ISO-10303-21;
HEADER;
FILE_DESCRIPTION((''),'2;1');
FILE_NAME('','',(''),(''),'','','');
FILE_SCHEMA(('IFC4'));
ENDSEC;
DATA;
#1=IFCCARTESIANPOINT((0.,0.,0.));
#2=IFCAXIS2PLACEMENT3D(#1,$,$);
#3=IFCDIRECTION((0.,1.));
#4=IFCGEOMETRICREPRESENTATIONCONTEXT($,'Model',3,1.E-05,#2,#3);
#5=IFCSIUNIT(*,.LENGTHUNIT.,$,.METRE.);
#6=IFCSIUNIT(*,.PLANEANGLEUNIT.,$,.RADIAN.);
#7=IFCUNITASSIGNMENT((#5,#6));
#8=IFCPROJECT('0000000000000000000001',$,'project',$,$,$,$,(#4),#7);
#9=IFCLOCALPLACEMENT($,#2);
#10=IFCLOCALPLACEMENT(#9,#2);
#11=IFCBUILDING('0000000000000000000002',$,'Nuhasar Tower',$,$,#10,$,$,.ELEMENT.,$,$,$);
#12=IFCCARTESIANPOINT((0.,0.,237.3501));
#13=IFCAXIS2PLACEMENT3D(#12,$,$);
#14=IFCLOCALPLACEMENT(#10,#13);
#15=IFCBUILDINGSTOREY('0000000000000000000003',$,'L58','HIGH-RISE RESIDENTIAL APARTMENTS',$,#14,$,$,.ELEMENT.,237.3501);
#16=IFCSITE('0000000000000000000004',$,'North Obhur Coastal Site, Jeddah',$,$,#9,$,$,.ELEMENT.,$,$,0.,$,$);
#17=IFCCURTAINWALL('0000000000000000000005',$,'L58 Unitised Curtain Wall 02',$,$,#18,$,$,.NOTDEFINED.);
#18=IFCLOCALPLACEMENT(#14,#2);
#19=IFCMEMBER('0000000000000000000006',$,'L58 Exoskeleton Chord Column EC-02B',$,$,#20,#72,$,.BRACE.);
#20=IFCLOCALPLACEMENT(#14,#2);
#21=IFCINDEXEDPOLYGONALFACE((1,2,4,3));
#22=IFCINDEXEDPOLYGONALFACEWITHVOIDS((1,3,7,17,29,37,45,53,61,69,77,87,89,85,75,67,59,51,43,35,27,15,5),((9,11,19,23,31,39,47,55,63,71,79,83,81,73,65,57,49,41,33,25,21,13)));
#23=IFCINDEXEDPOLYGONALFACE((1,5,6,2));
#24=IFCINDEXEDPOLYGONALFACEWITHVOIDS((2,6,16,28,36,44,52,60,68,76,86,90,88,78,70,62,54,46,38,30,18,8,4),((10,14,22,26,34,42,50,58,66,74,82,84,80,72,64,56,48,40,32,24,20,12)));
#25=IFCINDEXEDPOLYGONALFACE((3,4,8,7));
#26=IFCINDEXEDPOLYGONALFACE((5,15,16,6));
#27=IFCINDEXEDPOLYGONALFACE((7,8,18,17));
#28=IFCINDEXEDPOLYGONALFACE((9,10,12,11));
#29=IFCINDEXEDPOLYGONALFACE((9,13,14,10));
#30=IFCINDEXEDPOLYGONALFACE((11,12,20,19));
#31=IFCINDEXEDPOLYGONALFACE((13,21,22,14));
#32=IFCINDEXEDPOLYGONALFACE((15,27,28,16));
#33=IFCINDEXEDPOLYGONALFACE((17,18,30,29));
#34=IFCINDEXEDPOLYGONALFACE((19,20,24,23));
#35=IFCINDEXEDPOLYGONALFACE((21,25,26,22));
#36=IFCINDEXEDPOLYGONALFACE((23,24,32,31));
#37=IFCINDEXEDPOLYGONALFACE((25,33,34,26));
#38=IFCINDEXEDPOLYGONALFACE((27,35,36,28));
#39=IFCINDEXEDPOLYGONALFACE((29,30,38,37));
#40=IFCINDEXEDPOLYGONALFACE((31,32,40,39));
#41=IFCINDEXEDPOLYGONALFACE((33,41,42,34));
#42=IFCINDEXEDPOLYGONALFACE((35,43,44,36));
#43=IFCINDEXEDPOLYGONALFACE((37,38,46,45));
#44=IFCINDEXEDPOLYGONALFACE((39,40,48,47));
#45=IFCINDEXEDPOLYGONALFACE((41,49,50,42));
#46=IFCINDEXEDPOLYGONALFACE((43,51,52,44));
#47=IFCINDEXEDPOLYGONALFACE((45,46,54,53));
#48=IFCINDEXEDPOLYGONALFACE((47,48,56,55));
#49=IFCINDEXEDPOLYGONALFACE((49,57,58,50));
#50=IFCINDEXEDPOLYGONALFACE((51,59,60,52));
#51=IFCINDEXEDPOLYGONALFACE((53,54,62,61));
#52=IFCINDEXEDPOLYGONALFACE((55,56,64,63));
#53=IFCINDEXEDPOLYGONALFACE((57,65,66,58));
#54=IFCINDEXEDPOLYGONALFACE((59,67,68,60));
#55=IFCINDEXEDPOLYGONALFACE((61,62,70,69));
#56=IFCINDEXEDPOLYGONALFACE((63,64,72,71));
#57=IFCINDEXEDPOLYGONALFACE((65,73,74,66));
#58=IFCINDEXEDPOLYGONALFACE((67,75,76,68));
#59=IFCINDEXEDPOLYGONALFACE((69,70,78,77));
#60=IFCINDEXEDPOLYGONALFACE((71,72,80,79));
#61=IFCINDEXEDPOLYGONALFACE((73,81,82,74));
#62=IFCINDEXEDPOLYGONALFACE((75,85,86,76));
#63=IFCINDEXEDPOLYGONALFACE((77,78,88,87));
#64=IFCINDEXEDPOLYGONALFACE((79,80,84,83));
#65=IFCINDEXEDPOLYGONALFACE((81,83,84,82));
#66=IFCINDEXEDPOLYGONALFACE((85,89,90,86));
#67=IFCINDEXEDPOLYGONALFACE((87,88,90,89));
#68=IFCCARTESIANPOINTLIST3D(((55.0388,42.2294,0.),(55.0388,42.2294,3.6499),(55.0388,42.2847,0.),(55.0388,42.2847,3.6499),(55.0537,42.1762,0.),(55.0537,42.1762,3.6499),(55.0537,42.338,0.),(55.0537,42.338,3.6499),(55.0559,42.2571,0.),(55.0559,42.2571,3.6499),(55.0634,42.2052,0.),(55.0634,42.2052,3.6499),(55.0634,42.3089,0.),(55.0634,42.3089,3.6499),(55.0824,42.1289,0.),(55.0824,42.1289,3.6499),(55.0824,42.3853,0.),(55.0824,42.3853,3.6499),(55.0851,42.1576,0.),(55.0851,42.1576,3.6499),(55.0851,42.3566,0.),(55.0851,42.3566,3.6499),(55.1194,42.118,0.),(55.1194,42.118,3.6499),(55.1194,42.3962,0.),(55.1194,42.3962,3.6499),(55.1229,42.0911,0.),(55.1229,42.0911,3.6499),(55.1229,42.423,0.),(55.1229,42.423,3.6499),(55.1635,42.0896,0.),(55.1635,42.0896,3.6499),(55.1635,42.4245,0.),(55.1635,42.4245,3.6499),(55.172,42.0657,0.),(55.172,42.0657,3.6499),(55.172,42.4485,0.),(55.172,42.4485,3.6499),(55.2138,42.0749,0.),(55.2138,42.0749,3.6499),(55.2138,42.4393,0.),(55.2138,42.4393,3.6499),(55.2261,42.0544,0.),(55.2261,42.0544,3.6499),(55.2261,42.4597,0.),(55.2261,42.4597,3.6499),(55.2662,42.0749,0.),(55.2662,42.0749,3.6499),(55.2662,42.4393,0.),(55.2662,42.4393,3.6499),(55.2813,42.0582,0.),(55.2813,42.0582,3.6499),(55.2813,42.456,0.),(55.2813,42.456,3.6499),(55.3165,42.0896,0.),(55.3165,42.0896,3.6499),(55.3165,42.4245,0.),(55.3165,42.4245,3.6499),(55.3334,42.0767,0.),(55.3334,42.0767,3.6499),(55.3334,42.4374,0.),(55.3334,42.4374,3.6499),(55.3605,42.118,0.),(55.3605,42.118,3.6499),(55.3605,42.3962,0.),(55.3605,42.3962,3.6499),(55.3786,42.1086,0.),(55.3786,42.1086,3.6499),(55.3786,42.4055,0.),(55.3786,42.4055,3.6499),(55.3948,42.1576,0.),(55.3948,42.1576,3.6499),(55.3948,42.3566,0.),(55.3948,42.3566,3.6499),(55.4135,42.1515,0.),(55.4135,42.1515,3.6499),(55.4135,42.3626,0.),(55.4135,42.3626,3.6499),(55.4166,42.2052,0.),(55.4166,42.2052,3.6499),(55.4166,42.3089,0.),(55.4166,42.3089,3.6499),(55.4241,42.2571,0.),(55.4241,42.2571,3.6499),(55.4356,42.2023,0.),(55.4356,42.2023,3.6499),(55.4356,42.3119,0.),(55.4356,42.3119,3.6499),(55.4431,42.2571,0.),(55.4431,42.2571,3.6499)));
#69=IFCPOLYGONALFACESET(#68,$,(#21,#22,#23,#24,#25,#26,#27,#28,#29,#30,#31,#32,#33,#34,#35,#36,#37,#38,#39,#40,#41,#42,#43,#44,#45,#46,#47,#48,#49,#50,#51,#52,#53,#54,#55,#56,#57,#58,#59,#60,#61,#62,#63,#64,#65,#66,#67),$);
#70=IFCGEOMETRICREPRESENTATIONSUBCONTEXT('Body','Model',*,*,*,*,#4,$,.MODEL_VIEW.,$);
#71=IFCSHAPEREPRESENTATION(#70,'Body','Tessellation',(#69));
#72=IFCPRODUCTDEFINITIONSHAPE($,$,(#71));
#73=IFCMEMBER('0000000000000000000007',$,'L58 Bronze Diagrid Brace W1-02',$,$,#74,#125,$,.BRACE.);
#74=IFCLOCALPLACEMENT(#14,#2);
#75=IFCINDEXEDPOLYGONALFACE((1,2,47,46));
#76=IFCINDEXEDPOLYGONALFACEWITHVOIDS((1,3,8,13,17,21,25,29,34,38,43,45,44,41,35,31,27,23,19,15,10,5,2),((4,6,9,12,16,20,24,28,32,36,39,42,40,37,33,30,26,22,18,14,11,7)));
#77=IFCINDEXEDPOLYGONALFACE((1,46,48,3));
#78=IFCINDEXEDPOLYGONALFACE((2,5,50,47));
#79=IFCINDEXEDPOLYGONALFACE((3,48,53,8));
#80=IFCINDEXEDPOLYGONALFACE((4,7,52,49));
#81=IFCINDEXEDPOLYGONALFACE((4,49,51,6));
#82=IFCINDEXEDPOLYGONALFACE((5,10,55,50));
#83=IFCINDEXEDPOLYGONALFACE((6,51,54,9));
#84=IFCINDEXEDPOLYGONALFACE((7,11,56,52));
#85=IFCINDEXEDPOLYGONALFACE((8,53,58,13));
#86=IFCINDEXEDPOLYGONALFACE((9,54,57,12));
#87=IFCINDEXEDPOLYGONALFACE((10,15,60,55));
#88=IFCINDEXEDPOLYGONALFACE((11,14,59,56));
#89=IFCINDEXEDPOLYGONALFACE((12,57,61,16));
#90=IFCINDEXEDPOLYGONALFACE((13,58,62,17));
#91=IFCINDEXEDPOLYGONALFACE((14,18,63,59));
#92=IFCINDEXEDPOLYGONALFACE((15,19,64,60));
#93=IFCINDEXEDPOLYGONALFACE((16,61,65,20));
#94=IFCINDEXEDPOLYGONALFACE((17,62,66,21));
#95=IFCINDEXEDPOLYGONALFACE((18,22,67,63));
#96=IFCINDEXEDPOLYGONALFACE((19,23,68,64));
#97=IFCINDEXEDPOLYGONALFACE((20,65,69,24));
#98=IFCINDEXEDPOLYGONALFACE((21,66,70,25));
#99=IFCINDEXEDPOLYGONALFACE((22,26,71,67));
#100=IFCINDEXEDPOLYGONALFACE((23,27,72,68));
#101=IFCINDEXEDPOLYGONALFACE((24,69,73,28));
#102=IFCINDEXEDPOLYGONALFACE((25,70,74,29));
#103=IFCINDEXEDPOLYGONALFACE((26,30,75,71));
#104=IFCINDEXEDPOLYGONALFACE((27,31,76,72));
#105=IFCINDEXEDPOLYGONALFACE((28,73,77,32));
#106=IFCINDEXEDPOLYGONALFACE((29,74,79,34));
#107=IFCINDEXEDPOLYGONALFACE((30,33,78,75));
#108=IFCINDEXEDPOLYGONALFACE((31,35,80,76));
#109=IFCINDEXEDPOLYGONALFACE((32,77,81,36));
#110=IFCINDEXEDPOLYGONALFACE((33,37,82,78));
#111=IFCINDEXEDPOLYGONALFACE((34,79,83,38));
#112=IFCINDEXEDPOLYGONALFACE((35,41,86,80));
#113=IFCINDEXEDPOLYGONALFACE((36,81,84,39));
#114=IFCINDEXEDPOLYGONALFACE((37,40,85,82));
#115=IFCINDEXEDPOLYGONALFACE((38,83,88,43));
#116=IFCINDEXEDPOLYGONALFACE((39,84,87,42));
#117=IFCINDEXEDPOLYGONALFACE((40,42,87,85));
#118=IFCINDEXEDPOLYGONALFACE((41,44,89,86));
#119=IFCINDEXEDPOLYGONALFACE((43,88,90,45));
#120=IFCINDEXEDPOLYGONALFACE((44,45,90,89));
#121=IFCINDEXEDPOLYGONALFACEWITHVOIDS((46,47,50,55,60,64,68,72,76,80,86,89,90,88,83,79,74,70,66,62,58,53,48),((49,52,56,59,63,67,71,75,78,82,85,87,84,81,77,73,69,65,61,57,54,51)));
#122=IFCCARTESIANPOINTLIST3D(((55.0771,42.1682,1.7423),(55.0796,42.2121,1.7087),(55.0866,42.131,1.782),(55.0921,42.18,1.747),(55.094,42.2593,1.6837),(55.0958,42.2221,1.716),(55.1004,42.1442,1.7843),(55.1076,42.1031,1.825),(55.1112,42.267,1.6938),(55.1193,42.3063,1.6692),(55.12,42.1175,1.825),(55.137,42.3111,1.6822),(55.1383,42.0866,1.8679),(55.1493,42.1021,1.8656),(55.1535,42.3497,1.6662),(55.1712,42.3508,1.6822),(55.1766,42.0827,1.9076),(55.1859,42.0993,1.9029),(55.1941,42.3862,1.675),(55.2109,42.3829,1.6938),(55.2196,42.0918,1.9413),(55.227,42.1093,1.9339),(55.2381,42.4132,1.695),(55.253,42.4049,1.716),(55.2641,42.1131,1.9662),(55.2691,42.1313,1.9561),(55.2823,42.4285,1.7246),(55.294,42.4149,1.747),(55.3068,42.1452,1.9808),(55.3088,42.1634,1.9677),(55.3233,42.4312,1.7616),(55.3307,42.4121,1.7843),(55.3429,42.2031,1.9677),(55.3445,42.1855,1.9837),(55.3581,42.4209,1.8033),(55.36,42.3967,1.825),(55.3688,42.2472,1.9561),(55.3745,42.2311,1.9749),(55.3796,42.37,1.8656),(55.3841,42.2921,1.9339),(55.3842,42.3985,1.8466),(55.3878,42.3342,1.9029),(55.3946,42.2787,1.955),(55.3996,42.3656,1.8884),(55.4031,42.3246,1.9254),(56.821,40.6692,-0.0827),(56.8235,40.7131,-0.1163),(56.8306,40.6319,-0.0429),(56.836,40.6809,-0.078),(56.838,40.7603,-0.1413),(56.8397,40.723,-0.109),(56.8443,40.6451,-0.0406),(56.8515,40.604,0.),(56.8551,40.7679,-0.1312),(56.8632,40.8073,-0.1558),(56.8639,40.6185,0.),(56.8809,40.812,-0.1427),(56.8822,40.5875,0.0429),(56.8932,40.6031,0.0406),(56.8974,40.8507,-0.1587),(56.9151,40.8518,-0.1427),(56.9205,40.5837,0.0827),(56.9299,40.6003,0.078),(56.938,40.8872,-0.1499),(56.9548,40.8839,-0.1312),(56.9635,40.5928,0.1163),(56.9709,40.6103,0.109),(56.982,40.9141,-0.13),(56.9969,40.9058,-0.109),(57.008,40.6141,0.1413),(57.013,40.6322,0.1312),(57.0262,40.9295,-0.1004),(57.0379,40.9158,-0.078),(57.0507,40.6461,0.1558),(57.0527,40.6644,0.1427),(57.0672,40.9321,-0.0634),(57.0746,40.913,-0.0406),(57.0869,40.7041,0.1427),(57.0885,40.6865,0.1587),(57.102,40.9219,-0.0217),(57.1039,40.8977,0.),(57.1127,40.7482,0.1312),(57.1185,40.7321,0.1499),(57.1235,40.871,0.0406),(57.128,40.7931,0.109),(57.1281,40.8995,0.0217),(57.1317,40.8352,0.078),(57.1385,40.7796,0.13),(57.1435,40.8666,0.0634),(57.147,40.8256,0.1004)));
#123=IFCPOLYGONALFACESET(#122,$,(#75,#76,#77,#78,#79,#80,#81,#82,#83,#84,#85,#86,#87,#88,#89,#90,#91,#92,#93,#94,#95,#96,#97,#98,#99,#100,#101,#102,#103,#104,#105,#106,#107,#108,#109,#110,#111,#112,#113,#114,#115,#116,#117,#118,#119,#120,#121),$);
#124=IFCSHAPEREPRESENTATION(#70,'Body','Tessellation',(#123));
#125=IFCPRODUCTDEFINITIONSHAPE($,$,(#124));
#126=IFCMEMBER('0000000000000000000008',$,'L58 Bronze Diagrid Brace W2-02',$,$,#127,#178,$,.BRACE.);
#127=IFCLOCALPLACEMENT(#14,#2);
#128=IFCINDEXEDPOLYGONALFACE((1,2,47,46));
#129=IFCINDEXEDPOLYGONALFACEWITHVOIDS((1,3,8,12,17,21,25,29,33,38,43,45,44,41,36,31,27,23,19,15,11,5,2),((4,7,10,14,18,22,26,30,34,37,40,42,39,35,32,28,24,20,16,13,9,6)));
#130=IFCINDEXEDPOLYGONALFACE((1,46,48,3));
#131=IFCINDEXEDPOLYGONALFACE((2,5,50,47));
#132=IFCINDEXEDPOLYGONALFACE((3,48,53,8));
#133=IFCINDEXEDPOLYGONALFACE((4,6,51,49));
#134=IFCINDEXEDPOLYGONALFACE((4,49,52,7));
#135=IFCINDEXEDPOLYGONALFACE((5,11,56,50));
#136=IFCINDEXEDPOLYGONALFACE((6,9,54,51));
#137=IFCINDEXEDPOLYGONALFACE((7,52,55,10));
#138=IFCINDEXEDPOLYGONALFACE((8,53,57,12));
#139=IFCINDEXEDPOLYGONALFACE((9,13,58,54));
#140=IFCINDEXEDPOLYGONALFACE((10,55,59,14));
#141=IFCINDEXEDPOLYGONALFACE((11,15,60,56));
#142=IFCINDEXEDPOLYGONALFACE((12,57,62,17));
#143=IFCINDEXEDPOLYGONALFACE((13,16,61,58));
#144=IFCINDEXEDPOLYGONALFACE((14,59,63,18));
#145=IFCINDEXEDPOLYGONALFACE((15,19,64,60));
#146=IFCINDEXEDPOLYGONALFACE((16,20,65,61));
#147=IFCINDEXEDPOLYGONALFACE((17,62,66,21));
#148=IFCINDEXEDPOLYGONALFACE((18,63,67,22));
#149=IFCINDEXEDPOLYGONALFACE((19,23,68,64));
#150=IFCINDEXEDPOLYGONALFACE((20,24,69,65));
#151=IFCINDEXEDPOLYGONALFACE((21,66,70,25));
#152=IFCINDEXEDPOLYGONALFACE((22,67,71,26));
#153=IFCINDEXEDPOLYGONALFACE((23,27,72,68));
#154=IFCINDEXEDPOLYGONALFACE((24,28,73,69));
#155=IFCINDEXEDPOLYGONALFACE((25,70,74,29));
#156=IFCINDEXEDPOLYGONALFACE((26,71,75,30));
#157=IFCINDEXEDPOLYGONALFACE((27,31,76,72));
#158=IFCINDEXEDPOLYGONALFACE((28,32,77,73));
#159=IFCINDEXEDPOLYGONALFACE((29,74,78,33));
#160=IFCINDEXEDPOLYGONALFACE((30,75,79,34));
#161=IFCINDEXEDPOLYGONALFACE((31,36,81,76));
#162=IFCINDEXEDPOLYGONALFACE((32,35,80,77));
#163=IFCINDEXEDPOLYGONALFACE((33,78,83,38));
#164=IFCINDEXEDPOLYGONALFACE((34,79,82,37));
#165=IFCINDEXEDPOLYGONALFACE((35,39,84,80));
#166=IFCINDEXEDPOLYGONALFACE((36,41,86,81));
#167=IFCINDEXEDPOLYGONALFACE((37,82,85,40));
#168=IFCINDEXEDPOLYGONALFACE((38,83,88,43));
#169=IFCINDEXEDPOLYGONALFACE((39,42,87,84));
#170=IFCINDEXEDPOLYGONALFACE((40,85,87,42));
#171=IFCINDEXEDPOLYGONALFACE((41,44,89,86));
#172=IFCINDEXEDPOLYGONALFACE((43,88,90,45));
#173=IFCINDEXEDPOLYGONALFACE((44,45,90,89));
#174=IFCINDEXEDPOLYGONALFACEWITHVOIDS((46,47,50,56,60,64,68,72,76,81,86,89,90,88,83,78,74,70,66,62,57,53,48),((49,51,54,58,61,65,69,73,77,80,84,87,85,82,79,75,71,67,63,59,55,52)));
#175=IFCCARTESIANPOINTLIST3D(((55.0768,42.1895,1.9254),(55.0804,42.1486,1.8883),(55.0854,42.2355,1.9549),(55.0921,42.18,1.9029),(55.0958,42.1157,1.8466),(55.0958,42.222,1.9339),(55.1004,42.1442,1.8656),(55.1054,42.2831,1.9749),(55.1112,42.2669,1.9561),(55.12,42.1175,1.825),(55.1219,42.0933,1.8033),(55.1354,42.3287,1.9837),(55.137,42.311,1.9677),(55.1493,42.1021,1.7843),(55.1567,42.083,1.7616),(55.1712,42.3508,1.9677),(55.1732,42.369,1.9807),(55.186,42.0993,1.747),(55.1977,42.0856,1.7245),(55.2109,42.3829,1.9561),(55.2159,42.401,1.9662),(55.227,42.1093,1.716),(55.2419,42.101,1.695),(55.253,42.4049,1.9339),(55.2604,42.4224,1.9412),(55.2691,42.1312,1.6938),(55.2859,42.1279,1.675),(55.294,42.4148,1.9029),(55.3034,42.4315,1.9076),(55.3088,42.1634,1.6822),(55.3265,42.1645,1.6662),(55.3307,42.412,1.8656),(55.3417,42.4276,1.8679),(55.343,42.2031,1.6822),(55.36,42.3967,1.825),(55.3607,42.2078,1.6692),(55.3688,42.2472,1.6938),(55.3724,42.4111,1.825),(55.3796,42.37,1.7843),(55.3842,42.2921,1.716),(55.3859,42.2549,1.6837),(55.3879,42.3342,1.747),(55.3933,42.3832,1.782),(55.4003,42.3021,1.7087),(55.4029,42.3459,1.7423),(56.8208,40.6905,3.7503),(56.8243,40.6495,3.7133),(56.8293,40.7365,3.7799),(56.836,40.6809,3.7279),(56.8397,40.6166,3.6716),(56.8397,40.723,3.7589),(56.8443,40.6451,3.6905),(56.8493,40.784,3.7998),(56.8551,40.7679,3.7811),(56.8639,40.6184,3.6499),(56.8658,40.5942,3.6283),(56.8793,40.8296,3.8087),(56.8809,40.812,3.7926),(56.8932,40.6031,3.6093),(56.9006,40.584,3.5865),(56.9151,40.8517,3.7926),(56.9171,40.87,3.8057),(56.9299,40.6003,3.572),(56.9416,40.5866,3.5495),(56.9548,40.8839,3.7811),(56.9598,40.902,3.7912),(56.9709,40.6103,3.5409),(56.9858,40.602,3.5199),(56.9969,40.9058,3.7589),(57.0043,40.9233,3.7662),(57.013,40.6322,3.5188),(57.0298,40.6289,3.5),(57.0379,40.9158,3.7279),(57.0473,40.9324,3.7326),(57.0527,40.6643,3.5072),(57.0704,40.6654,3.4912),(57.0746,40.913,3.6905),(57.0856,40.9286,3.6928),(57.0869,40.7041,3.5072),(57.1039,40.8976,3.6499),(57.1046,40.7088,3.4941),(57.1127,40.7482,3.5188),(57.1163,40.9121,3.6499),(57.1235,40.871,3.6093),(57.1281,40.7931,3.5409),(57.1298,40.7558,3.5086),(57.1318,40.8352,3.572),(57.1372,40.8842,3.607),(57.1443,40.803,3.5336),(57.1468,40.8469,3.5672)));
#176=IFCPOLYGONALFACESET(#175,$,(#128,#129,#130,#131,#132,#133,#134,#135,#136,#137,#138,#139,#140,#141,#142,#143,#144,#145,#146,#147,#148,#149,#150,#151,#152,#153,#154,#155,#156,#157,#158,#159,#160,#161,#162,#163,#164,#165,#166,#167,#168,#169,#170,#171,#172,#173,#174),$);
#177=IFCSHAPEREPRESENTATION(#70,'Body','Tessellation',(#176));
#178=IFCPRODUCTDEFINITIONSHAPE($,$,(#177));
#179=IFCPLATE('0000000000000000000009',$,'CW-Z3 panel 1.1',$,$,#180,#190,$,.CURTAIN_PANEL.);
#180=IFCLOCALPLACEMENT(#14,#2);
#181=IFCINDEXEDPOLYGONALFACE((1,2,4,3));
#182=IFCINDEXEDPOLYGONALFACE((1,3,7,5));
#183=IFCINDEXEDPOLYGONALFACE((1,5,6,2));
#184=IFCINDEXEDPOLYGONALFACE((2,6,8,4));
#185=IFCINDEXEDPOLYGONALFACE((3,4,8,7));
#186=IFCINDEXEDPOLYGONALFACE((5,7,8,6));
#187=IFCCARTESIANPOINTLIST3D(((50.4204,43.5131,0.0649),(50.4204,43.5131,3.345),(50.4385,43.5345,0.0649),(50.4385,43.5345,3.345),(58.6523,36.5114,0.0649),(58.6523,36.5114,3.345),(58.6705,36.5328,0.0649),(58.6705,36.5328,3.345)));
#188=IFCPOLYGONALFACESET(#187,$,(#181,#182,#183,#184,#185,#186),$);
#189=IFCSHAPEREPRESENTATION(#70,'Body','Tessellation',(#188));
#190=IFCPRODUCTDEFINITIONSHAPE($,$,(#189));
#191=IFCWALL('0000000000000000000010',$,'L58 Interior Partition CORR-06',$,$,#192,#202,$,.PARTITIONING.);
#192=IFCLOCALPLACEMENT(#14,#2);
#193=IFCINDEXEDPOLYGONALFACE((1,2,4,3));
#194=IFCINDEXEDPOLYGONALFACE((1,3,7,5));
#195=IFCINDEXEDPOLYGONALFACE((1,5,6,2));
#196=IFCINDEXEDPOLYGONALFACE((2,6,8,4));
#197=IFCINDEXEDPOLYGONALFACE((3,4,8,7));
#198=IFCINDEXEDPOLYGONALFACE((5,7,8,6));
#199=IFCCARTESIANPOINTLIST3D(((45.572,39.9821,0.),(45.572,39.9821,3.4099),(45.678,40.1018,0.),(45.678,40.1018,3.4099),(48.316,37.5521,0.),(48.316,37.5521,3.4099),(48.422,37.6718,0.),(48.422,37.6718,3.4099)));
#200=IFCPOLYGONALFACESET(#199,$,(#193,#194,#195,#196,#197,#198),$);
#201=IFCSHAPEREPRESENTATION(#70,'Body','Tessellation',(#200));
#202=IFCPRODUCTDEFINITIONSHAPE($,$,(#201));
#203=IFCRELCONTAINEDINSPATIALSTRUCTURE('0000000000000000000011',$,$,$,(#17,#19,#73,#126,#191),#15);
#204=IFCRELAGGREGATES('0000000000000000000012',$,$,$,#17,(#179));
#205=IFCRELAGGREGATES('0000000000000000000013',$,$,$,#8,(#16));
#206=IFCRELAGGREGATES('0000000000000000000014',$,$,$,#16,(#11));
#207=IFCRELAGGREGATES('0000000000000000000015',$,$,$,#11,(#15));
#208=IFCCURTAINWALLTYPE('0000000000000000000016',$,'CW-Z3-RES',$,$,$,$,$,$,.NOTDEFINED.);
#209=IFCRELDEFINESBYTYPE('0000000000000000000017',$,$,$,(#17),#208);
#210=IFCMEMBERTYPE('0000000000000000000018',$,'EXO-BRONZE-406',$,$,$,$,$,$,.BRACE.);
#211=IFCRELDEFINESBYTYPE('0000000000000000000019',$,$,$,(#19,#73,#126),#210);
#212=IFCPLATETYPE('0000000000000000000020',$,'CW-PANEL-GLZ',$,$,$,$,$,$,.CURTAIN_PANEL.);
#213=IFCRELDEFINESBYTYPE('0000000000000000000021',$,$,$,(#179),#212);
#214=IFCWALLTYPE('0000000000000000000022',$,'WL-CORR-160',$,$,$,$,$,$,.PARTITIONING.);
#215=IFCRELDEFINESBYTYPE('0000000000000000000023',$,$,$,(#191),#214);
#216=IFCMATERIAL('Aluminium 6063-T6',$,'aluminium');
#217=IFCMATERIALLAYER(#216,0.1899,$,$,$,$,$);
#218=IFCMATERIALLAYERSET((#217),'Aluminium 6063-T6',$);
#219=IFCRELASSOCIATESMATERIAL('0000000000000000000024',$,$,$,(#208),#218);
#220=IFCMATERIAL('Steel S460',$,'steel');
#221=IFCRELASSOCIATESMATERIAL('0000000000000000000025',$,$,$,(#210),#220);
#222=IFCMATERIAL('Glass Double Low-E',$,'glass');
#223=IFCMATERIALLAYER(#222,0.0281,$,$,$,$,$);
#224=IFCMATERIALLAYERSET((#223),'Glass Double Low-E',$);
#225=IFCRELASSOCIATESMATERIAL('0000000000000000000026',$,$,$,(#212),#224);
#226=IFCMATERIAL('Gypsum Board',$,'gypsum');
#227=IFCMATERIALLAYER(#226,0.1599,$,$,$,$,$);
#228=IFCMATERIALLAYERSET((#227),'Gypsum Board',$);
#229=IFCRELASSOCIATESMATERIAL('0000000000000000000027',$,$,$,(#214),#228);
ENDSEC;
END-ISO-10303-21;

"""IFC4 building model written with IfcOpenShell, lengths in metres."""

from ifc_helpers import new_model, si_unit, direction, frame, frame_2d, origin, origin_2d, place, context, subcontext, project, spatial, rectangle, hollow_circle, extrude, material, layer, layer_set, material_profile, profile_set, type_object, element, aggregate, save


model = new_model("IFC4")

# Units and contexts
model_context = context("Model", 3, precision=1e-05, world=origin(), true_north=direction((0.0, 1.0)))
body_context = subcontext(model_context, "Body", "Model", "MODEL_VIEW")
ifc_project = project(units=[si_unit("LENGTHUNIT", "METRE"), si_unit("PLANEANGLEUNIT", "RADIAN")], contexts=[model_context])

# Site, building, storey
site_placement = place(None, origin())
site = spatial("IfcSite", under=ifc_project, at=site_placement, Name="North Obhur Coastal Site, Jeddah", CompositionType="ELEMENT", RefElevation=0.0)
building_placement = place(site_placement, origin())
building = spatial("IfcBuilding", under=site, at=building_placement, Name="Nuhasar Tower", CompositionType="ELEMENT")
storey_placement = place(building_placement, frame((0.0, 0.0, 237.3501)))
storey = spatial("IfcBuildingStorey", under=building, at=storey_placement, Name="L58", Description="HIGH-RISE RESIDENTIAL APARTMENTS", CompositionType="ELEMENT", Elevation=237.3501)

# Curtain wall
ifc_material_1 = material(Name="Aluminium 6063-T6", Category="aluminium")
ifc_layer_1 = layer(ifc_material_1, 0.1899)
ifc_layer_set_1 = layer_set([ifc_layer_1], Name="Aluminium 6063-T6")
curtain_wall_type = type_object("IfcCurtainWallType", Name="CW-Z3-RES", PredefinedType="NOTDEFINED", material=ifc_layer_set_1)
curtain_wall_1_placement = place(storey_placement, origin())
curtain_wall_1 = element("IfcCurtainWall", 1, at=curtain_wall_1_placement, inside=storey, type_object=curtain_wall_type, Name="L58 Unitised Curtain Wall 02", PredefinedType="NOTDEFINED")

# Members
ifc_material_2 = material(Name="Steel S460", Category="steel")
ifc_material_profile_1 = material_profile(ifc_material_2, hollow_circle(Radius=0.2031, WallThickness=0.019, at=origin_2d()), Name="HSS406.4X19.1")
ifc_profile_set_1 = profile_set([ifc_material_profile_1], Name="Steel S460")
member_type_1 = type_object("IfcMemberType", Name="EXO-BRONZE-406", PredefinedType="BRACE", material=ifc_profile_set_1)
for number, where, z_axis, x_axis, name in (
    (2, (55.24, 42.2571, 0.0), (0.0, 0.0, 1.0), (1.0, 0.0, 0.0), "L58 Exoskeleton Chord Column EC-02B"),
):
    element("IfcMember", number, at=place(storey_placement, frame(where, z_axis=z_axis, x_axis=x_axis)), inside=storey, type_object=member_type_1, Name=name, PredefinedType="BRACE", context=body_context, shape_type="SweptSolid", body=[
        extrude(hollow_circle(Radius=0.2031, WallThickness=0.019, at=origin_2d()), origin(), (0.0, 0.0, 1.0), 3.6499),
    ])
for number, where, z_axis, x_axis, name in (
    (3, (56.9839, 40.7581, 0.0), (-0.594019, 0.510608, 0.621628), (-0.651857, -0.758342, 0.0), "L58 Bronze Diagrid Brace W1-02"),
    (4, (55.24, 42.2571, 1.825), (0.594019, -0.510608, 0.621628), (0.651857, 0.758342, 0.0), "L58 Bronze Diagrid Brace W2-02"),
):
    element("IfcMember", number, at=place(storey_placement, frame(where, z_axis=z_axis, x_axis=x_axis)), inside=storey, type_object=member_type_1, Name=name, PredefinedType="BRACE", context=body_context, shape_type="SweptSolid", body=[
        extrude(hollow_circle(Radius=0.2031, WallThickness=0.019, at=origin_2d()), origin(), (0.0, 0.0, 1.0), 2.9358),
    ])

# Plate
ifc_material_3 = material(Name="Glass Double Low-E", Category="glass")
ifc_layer_2 = layer(ifc_material_3, 0.0281)
ifc_layer_set_2 = layer_set([ifc_layer_2], Name="Glass Double Low-E")
plate_type = type_object("IfcPlateType", Name="CW-PANEL-GLZ", PredefinedType="CURTAIN_PANEL", material=ifc_layer_set_2)
plate_placement = place(storey_placement, frame((54.5454, 40.0229, 0.0649), z_axis=(0.0, 0.0, 1.0), x_axis=(-0.761729, 0.647895, 0.0)))
plate = element("IfcPlate", 5, at=plate_placement, type_object=plate_type, Name="CW-Z3 panel 1.1", PredefinedType="CURTAIN_PANEL", context=body_context, shape_type="SweptSolid", body=[
    extrude(rectangle(XDim=10.8069, YDim=0.0281, at=origin_2d()), origin(), (0.0, 0.0, 1.0), 3.28),
])
aggregate(curtain_wall_1, [plate])

# Shared definitions
ifc_material_4 = material(Name="Gypsum Board", Category="gypsum")
ifc_layer_3 = layer(ifc_material_4, 0.1599)
ifc_layer_set_3 = layer_set([ifc_layer_3], Name="Gypsum Board")
wall_type_1 = type_object("IfcWallType", Name="WL-CORR-160", PredefinedType="PARTITIONING", material=ifc_layer_set_3)

# Wall
wall_1_placement = place(storey_placement, frame((48.3689, 37.6121, 0.0), z_axis=(0.0, 0.0, 1.0), x_axis=(-0.748639, 0.662978, 0.0)))
element("IfcWall", 6, at=wall_1_placement, inside=storey, type_object=wall_type_1, Name="L58 Interior Partition CORR-06", PredefinedType="PARTITIONING", context=body_context, shape_type="SweptSolid", body=[
    extrude(rectangle(XDim=3.6653, YDim=0.1599, at=frame_2d((1.8325, 0.0))), origin(), (0.0, 0.0, 1.0), 3.4099),
])

save(model, "model.ifc")
